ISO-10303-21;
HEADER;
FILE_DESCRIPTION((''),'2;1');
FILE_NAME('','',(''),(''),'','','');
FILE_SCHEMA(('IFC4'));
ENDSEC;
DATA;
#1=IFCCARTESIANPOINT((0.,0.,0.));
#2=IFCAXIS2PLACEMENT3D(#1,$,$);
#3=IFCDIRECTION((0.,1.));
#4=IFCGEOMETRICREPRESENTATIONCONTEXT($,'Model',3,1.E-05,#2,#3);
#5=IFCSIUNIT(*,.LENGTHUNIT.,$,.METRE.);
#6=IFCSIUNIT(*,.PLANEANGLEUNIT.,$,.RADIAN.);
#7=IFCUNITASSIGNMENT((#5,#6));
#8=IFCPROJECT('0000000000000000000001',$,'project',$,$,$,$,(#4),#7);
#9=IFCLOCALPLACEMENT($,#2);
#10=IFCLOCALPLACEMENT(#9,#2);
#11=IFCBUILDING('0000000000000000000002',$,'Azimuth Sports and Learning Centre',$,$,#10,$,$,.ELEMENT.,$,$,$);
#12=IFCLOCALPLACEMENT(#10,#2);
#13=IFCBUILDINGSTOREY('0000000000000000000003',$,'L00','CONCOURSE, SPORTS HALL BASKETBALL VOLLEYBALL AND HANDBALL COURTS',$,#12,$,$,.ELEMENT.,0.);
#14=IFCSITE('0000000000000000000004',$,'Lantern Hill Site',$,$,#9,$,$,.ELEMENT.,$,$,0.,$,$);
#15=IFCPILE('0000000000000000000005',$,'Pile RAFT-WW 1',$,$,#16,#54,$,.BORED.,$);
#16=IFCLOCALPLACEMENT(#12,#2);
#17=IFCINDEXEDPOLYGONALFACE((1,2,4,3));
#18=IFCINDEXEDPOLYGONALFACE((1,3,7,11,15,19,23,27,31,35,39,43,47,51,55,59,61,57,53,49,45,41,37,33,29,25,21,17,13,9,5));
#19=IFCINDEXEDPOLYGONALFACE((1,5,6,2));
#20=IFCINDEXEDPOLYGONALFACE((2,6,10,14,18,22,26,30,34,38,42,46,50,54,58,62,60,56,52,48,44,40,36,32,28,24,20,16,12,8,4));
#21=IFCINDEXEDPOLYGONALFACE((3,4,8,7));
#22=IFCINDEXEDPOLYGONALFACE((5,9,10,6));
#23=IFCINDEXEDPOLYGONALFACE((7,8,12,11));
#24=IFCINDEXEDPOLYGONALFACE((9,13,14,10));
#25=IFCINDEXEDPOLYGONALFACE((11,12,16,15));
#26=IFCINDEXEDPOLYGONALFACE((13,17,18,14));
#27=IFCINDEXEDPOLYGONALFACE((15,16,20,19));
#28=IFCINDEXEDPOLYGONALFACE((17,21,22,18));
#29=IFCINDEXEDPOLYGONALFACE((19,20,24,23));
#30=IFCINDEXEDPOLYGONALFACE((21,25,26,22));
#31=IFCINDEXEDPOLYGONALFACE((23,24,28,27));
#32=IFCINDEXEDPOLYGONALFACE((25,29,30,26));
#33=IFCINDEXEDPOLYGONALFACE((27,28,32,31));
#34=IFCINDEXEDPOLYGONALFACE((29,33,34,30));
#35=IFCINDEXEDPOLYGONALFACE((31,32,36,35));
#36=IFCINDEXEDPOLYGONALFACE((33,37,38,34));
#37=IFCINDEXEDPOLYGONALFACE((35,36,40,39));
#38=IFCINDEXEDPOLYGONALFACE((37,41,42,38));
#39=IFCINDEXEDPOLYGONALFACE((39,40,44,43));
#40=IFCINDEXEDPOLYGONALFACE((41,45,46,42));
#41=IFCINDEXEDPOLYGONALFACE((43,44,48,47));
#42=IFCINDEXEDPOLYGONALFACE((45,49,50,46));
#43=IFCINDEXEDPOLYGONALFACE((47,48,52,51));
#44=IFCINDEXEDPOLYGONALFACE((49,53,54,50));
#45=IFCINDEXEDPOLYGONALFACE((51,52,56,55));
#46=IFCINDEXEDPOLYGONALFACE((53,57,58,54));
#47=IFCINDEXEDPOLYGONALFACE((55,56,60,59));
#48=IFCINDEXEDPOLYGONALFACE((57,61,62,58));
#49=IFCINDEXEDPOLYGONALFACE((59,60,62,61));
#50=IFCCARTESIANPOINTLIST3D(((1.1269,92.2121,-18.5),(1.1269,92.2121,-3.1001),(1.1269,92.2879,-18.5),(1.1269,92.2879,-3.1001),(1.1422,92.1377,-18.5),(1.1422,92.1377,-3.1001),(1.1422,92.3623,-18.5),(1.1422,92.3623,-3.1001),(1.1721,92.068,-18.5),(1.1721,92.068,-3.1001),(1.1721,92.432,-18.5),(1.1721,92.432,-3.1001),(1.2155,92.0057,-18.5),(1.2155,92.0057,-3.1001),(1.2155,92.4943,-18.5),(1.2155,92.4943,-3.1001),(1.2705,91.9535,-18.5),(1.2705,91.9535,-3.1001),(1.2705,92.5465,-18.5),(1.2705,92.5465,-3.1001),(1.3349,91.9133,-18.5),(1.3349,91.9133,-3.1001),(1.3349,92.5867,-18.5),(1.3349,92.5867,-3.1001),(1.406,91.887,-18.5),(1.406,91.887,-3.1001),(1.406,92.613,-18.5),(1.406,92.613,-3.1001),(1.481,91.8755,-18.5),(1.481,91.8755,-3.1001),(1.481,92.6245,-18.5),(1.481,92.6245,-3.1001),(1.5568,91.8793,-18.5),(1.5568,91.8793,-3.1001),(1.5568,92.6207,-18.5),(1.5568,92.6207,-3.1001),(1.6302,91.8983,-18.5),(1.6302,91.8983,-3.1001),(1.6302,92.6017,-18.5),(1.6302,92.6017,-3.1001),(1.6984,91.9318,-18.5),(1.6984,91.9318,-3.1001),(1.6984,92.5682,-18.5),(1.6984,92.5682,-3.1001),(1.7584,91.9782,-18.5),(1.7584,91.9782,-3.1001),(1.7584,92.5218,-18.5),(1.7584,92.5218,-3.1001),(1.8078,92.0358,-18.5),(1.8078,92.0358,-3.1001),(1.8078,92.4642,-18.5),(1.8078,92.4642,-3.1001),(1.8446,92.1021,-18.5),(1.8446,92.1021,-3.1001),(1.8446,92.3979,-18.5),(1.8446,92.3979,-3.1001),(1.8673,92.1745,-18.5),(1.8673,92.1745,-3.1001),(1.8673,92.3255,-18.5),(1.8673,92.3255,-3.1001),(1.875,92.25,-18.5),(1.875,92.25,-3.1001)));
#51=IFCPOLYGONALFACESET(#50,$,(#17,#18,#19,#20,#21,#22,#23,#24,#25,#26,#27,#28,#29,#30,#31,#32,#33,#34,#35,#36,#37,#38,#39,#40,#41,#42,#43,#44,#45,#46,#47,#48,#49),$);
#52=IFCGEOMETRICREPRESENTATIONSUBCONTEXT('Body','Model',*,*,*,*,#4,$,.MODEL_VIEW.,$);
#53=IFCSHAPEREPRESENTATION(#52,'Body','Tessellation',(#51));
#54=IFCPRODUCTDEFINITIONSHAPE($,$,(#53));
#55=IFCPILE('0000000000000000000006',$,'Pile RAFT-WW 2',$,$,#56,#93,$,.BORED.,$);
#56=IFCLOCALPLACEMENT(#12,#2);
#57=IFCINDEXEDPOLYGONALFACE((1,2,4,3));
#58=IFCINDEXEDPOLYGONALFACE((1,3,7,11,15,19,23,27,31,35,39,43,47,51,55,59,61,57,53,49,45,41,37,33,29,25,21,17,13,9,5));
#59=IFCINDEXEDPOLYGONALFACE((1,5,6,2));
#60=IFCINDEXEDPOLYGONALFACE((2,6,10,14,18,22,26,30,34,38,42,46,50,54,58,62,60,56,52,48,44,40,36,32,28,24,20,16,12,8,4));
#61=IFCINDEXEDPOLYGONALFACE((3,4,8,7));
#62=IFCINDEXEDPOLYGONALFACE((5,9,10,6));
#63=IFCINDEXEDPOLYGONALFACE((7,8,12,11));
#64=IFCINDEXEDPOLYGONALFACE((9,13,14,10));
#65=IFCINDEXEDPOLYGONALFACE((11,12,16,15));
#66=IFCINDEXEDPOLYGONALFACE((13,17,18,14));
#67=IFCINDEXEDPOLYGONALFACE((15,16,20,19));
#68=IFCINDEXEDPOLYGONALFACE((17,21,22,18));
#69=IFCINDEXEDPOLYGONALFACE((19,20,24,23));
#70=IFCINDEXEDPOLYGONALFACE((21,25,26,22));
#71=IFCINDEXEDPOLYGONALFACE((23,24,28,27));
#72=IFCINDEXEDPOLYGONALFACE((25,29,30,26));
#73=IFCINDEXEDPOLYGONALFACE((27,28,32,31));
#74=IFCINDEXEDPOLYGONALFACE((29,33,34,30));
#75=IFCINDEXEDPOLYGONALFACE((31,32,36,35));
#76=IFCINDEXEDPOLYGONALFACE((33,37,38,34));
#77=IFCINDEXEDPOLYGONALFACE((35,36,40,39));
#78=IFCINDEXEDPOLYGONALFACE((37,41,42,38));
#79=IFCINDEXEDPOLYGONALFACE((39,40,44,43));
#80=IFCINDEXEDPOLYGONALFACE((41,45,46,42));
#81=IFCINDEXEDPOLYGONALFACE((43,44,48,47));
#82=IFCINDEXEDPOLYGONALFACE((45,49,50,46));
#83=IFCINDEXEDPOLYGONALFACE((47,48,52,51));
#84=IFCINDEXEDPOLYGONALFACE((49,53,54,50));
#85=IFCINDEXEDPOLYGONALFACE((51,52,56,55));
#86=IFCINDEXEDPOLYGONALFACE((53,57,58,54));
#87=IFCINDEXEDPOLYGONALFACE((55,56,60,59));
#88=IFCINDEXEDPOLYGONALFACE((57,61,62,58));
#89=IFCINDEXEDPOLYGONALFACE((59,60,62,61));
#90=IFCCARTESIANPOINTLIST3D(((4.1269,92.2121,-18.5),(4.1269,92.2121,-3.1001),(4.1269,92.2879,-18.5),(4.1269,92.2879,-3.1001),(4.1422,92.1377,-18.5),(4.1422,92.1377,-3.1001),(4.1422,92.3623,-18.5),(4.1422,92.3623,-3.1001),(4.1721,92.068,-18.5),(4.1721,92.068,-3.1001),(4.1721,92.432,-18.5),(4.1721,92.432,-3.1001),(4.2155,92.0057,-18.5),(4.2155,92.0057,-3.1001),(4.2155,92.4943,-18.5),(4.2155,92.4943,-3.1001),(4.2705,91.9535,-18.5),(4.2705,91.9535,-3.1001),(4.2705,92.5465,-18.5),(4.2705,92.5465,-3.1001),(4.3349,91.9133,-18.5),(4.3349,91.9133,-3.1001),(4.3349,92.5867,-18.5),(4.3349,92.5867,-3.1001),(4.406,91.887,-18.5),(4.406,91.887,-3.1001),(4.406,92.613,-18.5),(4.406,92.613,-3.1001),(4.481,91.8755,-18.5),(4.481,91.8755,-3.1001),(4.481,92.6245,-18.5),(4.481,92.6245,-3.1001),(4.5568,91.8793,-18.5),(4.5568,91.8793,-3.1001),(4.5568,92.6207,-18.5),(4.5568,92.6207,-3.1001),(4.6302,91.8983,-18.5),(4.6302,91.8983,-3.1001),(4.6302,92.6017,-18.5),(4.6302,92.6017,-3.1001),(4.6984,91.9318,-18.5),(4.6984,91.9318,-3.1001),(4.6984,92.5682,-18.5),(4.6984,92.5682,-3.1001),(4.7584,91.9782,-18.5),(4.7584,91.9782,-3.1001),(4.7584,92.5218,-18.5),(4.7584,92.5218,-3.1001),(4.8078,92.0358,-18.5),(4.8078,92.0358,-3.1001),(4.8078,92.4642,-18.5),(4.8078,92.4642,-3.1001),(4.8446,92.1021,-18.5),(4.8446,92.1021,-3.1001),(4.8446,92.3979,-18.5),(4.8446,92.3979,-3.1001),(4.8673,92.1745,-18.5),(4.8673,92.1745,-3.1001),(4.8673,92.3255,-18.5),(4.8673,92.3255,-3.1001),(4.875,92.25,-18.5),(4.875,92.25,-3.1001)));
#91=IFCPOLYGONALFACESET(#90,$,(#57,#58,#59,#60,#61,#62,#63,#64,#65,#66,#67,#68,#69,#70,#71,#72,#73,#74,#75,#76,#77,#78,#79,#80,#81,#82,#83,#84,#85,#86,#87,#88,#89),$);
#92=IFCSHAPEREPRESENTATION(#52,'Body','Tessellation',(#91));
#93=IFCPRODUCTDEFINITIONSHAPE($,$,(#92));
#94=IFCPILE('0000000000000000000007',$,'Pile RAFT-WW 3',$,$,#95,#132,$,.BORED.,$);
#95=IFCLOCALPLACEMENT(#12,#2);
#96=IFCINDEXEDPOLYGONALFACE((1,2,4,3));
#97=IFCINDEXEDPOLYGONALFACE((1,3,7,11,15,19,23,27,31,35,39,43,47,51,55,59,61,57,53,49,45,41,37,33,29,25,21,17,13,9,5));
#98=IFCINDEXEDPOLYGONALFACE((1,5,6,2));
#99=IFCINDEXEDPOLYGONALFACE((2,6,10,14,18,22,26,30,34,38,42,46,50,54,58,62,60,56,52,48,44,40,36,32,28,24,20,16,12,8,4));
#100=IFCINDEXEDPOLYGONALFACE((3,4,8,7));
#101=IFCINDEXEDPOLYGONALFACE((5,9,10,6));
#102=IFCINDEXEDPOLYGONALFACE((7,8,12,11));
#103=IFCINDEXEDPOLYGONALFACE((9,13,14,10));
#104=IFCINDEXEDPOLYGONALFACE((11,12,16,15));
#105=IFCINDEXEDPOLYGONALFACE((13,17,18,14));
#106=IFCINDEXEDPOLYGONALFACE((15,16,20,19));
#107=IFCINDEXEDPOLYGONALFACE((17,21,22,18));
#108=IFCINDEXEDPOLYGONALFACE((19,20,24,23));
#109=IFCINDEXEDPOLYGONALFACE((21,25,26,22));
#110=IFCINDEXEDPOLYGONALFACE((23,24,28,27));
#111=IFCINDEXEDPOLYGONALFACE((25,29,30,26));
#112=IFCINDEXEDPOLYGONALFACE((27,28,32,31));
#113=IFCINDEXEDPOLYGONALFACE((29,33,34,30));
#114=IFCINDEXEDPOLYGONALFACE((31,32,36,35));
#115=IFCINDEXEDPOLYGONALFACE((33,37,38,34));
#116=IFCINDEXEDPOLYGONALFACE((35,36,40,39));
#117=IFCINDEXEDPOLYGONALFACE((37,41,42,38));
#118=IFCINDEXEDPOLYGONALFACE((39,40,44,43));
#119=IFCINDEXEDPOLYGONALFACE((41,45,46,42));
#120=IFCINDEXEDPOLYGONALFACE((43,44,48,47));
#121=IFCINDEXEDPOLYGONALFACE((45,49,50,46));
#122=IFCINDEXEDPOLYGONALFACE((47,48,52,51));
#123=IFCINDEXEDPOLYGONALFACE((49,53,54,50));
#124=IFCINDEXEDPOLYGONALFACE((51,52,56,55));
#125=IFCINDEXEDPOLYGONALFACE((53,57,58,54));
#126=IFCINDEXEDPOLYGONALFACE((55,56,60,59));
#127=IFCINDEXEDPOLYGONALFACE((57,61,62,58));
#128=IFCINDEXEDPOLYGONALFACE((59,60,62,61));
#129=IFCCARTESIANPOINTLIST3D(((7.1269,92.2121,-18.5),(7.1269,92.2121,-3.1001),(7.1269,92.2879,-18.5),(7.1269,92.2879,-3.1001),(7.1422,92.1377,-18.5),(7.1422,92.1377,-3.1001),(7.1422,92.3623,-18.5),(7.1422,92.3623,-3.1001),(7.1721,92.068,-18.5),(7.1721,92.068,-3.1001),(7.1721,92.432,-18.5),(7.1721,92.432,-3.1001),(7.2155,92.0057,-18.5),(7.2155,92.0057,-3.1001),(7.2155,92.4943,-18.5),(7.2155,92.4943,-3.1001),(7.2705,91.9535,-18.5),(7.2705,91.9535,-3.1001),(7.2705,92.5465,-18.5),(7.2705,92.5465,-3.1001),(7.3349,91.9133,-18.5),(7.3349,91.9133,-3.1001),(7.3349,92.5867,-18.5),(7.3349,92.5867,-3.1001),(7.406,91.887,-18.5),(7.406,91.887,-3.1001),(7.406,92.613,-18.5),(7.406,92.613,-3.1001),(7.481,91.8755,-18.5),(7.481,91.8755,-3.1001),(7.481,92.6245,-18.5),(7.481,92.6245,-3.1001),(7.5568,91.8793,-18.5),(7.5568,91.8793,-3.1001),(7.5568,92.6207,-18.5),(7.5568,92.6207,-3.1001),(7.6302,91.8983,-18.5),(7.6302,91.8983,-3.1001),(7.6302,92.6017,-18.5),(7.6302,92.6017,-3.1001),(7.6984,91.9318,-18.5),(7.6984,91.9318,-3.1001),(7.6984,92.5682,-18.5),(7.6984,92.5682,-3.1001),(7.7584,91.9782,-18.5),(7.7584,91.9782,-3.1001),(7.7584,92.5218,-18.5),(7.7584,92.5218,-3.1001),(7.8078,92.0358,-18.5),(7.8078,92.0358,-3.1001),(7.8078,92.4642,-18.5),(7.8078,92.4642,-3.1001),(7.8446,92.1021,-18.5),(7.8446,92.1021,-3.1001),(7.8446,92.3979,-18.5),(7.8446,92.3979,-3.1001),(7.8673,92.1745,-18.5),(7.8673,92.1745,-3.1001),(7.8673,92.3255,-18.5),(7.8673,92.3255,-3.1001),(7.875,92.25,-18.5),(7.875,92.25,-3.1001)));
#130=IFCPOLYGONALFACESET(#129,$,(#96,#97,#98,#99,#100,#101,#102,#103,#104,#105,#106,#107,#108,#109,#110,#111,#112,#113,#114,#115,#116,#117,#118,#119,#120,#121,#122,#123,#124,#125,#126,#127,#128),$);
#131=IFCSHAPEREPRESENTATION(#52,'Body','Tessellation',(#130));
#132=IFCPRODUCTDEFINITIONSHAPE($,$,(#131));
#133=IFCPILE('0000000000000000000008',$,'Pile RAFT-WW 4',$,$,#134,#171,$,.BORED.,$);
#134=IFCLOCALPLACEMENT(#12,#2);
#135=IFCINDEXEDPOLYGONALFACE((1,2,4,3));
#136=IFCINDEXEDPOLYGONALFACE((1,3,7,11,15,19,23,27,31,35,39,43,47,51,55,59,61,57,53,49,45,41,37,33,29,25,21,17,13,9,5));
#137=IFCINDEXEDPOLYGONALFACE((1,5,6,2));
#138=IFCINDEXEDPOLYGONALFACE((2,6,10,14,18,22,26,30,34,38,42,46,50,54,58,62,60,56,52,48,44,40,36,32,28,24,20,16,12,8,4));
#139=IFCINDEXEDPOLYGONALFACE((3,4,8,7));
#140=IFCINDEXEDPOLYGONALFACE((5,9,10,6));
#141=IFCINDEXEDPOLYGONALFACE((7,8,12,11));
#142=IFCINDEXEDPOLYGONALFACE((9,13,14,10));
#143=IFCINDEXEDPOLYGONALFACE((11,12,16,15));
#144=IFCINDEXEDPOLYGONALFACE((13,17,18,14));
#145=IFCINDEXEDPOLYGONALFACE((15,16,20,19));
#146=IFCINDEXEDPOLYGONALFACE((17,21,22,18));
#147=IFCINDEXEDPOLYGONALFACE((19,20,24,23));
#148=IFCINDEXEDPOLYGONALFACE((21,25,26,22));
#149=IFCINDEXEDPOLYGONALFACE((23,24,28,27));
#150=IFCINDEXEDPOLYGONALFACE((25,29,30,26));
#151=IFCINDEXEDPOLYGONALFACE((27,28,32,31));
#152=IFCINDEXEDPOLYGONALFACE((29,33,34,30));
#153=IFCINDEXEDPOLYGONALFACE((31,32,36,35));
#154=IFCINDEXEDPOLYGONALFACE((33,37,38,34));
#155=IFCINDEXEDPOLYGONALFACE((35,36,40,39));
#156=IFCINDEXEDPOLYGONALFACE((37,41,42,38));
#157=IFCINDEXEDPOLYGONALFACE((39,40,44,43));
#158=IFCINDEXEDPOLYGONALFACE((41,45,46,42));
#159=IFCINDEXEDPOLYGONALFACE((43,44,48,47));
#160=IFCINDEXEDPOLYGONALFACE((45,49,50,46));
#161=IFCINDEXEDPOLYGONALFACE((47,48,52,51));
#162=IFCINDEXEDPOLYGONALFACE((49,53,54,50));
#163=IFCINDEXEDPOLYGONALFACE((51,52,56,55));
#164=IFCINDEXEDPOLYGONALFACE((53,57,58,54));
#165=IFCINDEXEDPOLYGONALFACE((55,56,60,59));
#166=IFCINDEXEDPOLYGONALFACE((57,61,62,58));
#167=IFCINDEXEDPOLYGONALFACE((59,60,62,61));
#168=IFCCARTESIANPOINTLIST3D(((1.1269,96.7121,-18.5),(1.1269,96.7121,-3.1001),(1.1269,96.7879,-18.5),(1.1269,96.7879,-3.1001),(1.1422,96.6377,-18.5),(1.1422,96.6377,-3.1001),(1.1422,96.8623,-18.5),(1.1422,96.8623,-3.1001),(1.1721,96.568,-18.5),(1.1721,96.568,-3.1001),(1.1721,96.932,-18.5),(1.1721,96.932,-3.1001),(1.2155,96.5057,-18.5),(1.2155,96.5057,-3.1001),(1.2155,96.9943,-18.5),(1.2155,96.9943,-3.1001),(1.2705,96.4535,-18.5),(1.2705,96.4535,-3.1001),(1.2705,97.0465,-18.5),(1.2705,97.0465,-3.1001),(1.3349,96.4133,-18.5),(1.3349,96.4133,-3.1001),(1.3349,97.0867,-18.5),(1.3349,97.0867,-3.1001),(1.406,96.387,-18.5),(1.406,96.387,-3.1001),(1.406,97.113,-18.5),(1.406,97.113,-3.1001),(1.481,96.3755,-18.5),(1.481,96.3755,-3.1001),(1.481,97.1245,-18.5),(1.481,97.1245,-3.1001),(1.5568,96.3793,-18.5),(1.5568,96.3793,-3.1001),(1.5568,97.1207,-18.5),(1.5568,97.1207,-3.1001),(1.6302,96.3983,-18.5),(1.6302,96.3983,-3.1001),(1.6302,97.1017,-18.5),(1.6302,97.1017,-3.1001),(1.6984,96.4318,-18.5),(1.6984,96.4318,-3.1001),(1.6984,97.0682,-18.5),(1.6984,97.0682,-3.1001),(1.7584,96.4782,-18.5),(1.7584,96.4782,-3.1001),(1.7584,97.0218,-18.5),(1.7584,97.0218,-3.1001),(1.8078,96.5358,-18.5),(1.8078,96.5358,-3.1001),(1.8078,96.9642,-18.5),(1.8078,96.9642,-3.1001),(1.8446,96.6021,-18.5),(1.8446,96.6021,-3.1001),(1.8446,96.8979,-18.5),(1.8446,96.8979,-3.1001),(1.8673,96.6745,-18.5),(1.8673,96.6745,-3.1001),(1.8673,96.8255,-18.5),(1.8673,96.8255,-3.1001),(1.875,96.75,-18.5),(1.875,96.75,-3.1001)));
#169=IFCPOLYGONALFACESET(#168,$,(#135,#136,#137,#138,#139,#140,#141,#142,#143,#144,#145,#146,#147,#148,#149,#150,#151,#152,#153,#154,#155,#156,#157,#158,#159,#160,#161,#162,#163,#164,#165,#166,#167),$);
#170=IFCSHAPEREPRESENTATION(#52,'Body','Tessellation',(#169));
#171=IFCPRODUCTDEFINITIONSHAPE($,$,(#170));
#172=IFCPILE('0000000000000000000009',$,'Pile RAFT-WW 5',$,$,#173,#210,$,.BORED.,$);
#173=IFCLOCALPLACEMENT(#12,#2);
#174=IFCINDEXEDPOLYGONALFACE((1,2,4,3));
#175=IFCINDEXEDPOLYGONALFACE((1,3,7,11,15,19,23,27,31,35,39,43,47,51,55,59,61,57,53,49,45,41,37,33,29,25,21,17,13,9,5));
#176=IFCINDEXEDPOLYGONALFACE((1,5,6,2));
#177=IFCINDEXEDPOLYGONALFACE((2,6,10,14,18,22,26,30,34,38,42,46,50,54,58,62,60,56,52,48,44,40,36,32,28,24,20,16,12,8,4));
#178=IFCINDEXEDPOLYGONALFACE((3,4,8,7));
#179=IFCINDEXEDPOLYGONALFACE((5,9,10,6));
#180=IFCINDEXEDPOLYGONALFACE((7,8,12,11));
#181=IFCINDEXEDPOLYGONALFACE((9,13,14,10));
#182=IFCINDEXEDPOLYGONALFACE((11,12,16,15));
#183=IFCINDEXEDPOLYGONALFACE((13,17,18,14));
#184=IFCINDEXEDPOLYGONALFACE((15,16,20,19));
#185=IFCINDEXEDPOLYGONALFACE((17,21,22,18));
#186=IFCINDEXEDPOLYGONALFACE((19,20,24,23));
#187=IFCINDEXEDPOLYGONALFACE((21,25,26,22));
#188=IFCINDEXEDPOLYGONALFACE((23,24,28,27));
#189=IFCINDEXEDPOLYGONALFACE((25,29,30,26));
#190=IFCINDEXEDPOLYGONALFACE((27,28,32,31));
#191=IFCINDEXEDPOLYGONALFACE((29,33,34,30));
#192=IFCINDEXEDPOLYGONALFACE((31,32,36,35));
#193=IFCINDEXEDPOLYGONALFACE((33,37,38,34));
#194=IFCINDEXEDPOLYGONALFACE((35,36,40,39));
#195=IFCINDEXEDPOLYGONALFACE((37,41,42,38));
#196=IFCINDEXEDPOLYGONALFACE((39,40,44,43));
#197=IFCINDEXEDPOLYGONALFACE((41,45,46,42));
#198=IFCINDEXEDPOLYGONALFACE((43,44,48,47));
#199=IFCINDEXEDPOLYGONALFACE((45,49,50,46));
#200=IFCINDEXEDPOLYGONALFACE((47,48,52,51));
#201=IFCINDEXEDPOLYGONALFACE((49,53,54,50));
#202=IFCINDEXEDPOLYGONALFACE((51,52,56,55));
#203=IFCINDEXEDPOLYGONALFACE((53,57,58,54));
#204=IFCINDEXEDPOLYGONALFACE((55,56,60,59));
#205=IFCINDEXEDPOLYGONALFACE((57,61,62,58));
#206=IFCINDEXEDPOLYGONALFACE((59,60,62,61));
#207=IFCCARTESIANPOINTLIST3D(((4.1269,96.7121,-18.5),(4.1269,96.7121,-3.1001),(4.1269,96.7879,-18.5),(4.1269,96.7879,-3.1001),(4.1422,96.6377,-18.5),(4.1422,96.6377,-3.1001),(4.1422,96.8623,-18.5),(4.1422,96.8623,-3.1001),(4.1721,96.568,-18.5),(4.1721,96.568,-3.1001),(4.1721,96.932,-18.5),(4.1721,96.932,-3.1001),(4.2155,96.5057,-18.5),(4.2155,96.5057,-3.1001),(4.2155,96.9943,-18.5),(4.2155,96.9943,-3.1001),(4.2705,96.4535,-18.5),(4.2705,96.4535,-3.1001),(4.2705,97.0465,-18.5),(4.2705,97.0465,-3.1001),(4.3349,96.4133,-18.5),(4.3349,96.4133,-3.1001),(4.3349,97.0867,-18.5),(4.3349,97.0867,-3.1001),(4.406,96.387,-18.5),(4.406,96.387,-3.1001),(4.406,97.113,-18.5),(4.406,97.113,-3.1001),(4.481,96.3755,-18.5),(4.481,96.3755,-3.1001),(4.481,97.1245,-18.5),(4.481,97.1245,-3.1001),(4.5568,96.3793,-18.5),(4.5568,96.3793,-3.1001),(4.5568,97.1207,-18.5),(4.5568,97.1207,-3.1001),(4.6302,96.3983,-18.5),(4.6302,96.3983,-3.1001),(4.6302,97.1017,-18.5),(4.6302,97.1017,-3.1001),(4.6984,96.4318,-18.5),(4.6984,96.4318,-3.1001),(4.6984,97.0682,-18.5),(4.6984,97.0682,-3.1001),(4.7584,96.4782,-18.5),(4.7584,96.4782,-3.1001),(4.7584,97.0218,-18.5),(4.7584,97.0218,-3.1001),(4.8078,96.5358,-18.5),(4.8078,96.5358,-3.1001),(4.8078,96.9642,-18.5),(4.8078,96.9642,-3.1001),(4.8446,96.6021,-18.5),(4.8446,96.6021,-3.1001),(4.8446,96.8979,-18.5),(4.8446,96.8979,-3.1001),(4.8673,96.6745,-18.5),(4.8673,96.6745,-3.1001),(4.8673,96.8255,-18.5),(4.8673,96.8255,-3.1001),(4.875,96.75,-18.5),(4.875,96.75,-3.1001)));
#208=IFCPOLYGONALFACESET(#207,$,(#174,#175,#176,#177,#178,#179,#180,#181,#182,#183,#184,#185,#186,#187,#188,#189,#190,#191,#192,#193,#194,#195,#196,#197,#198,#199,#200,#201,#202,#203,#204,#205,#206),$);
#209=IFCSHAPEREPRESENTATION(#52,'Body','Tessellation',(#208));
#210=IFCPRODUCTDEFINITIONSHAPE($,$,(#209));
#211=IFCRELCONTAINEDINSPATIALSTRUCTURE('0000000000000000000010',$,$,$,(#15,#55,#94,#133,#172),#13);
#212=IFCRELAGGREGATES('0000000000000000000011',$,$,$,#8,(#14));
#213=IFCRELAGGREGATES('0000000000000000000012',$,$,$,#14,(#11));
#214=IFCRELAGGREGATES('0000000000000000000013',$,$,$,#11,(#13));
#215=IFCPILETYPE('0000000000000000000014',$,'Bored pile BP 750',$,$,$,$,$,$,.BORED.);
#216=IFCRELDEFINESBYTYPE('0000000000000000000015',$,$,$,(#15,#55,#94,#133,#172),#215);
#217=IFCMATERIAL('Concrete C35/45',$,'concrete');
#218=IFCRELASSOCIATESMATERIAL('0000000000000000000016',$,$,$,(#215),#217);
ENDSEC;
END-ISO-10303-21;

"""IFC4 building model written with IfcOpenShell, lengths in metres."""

from ifc_helpers import new_model, si_unit, direction, frame, origin, origin_2d, place, context, subcontext, project, spatial, circle, extrude, material, material_profile, profile_set, type_object, element, save


model = new_model("IFC4")

# Units and contexts
model_context = context("Model", 3, precision=1e-05, world=origin(), true_north=direction((0.0, 1.0)))
body_context = subcontext(model_context, "Body", "Model", "MODEL_VIEW")
ifc_project = project(units=[si_unit("LENGTHUNIT", "METRE"), si_unit("PLANEANGLEUNIT", "RADIAN")], contexts=[model_context])

# Site, building, storey
site_placement = place(None, origin())
site = spatial("IfcSite", under=ifc_project, at=site_placement, Name="Lantern Hill Site", CompositionType="ELEMENT", RefElevation=0.0)
building_placement = place(site_placement, origin())
building = spatial("IfcBuilding", under=site, at=building_placement, Name="Azimuth Sports and Learning Centre", CompositionType="ELEMENT")
storey_placement = place(building_placement, origin())
storey = spatial("IfcBuildingStorey", under=building, at=storey_placement, Name="L00", Description="CONCOURSE, SPORTS HALL BASKETBALL VOLLEYBALL AND HANDBALL COURTS", CompositionType="ELEMENT", Elevation=0.0)

# Piles
ifc_material_1 = material(Name="Concrete C35/45", Category="concrete")
ifc_material_profile_1 = material_profile(ifc_material_1, circle(Radius=0.375, at=origin_2d()), Name="BP 750")
ifc_profile_set_1 = profile_set([ifc_material_profile_1], Name="Concrete C35/45")
pile_type = type_object("IfcPileType", Name="Bored pile BP 750", PredefinedType="BORED", material=ifc_profile_set_1)
for number, where, z_axis, x_axis, name in (
    (1, (1.5, 92.25, -3.1001), (0.0, 0.0, -1.0), (1.0, 0.0, 0.0), "Pile RAFT-WW 1"),
    (2, (4.5, 92.25, -3.1001), (0.0, 0.0, -1.0), (1.0, 0.0, 0.0), "Pile RAFT-WW 2"),
    (3, (7.5, 92.25, -3.1001), (0.0, 0.0, -1.0), (1.0, 0.0, 0.0), "Pile RAFT-WW 3"),
    (4, (1.5, 96.75, -3.1001), (0.0, 0.0, -1.0), (1.0, 0.0, 0.0), "Pile RAFT-WW 4"),
    (5, (4.5, 96.75, -3.1001), (0.0, 0.0, -1.0), (1.0, 0.0, 0.0), "Pile RAFT-WW 5"),
):
    element("IfcPile", number, at=place(storey_placement, frame(where, z_axis=z_axis, x_axis=x_axis)), inside=storey, type_object=pile_type, Name=name, PredefinedType="BORED", context=body_context, shape_type="SweptSolid", body=[
        extrude(circle(Radius=0.375, at=origin_2d()), origin(), (0.0, 0.0, 1.0), 15.3999),
    ])

save(model, "model.ifc")
